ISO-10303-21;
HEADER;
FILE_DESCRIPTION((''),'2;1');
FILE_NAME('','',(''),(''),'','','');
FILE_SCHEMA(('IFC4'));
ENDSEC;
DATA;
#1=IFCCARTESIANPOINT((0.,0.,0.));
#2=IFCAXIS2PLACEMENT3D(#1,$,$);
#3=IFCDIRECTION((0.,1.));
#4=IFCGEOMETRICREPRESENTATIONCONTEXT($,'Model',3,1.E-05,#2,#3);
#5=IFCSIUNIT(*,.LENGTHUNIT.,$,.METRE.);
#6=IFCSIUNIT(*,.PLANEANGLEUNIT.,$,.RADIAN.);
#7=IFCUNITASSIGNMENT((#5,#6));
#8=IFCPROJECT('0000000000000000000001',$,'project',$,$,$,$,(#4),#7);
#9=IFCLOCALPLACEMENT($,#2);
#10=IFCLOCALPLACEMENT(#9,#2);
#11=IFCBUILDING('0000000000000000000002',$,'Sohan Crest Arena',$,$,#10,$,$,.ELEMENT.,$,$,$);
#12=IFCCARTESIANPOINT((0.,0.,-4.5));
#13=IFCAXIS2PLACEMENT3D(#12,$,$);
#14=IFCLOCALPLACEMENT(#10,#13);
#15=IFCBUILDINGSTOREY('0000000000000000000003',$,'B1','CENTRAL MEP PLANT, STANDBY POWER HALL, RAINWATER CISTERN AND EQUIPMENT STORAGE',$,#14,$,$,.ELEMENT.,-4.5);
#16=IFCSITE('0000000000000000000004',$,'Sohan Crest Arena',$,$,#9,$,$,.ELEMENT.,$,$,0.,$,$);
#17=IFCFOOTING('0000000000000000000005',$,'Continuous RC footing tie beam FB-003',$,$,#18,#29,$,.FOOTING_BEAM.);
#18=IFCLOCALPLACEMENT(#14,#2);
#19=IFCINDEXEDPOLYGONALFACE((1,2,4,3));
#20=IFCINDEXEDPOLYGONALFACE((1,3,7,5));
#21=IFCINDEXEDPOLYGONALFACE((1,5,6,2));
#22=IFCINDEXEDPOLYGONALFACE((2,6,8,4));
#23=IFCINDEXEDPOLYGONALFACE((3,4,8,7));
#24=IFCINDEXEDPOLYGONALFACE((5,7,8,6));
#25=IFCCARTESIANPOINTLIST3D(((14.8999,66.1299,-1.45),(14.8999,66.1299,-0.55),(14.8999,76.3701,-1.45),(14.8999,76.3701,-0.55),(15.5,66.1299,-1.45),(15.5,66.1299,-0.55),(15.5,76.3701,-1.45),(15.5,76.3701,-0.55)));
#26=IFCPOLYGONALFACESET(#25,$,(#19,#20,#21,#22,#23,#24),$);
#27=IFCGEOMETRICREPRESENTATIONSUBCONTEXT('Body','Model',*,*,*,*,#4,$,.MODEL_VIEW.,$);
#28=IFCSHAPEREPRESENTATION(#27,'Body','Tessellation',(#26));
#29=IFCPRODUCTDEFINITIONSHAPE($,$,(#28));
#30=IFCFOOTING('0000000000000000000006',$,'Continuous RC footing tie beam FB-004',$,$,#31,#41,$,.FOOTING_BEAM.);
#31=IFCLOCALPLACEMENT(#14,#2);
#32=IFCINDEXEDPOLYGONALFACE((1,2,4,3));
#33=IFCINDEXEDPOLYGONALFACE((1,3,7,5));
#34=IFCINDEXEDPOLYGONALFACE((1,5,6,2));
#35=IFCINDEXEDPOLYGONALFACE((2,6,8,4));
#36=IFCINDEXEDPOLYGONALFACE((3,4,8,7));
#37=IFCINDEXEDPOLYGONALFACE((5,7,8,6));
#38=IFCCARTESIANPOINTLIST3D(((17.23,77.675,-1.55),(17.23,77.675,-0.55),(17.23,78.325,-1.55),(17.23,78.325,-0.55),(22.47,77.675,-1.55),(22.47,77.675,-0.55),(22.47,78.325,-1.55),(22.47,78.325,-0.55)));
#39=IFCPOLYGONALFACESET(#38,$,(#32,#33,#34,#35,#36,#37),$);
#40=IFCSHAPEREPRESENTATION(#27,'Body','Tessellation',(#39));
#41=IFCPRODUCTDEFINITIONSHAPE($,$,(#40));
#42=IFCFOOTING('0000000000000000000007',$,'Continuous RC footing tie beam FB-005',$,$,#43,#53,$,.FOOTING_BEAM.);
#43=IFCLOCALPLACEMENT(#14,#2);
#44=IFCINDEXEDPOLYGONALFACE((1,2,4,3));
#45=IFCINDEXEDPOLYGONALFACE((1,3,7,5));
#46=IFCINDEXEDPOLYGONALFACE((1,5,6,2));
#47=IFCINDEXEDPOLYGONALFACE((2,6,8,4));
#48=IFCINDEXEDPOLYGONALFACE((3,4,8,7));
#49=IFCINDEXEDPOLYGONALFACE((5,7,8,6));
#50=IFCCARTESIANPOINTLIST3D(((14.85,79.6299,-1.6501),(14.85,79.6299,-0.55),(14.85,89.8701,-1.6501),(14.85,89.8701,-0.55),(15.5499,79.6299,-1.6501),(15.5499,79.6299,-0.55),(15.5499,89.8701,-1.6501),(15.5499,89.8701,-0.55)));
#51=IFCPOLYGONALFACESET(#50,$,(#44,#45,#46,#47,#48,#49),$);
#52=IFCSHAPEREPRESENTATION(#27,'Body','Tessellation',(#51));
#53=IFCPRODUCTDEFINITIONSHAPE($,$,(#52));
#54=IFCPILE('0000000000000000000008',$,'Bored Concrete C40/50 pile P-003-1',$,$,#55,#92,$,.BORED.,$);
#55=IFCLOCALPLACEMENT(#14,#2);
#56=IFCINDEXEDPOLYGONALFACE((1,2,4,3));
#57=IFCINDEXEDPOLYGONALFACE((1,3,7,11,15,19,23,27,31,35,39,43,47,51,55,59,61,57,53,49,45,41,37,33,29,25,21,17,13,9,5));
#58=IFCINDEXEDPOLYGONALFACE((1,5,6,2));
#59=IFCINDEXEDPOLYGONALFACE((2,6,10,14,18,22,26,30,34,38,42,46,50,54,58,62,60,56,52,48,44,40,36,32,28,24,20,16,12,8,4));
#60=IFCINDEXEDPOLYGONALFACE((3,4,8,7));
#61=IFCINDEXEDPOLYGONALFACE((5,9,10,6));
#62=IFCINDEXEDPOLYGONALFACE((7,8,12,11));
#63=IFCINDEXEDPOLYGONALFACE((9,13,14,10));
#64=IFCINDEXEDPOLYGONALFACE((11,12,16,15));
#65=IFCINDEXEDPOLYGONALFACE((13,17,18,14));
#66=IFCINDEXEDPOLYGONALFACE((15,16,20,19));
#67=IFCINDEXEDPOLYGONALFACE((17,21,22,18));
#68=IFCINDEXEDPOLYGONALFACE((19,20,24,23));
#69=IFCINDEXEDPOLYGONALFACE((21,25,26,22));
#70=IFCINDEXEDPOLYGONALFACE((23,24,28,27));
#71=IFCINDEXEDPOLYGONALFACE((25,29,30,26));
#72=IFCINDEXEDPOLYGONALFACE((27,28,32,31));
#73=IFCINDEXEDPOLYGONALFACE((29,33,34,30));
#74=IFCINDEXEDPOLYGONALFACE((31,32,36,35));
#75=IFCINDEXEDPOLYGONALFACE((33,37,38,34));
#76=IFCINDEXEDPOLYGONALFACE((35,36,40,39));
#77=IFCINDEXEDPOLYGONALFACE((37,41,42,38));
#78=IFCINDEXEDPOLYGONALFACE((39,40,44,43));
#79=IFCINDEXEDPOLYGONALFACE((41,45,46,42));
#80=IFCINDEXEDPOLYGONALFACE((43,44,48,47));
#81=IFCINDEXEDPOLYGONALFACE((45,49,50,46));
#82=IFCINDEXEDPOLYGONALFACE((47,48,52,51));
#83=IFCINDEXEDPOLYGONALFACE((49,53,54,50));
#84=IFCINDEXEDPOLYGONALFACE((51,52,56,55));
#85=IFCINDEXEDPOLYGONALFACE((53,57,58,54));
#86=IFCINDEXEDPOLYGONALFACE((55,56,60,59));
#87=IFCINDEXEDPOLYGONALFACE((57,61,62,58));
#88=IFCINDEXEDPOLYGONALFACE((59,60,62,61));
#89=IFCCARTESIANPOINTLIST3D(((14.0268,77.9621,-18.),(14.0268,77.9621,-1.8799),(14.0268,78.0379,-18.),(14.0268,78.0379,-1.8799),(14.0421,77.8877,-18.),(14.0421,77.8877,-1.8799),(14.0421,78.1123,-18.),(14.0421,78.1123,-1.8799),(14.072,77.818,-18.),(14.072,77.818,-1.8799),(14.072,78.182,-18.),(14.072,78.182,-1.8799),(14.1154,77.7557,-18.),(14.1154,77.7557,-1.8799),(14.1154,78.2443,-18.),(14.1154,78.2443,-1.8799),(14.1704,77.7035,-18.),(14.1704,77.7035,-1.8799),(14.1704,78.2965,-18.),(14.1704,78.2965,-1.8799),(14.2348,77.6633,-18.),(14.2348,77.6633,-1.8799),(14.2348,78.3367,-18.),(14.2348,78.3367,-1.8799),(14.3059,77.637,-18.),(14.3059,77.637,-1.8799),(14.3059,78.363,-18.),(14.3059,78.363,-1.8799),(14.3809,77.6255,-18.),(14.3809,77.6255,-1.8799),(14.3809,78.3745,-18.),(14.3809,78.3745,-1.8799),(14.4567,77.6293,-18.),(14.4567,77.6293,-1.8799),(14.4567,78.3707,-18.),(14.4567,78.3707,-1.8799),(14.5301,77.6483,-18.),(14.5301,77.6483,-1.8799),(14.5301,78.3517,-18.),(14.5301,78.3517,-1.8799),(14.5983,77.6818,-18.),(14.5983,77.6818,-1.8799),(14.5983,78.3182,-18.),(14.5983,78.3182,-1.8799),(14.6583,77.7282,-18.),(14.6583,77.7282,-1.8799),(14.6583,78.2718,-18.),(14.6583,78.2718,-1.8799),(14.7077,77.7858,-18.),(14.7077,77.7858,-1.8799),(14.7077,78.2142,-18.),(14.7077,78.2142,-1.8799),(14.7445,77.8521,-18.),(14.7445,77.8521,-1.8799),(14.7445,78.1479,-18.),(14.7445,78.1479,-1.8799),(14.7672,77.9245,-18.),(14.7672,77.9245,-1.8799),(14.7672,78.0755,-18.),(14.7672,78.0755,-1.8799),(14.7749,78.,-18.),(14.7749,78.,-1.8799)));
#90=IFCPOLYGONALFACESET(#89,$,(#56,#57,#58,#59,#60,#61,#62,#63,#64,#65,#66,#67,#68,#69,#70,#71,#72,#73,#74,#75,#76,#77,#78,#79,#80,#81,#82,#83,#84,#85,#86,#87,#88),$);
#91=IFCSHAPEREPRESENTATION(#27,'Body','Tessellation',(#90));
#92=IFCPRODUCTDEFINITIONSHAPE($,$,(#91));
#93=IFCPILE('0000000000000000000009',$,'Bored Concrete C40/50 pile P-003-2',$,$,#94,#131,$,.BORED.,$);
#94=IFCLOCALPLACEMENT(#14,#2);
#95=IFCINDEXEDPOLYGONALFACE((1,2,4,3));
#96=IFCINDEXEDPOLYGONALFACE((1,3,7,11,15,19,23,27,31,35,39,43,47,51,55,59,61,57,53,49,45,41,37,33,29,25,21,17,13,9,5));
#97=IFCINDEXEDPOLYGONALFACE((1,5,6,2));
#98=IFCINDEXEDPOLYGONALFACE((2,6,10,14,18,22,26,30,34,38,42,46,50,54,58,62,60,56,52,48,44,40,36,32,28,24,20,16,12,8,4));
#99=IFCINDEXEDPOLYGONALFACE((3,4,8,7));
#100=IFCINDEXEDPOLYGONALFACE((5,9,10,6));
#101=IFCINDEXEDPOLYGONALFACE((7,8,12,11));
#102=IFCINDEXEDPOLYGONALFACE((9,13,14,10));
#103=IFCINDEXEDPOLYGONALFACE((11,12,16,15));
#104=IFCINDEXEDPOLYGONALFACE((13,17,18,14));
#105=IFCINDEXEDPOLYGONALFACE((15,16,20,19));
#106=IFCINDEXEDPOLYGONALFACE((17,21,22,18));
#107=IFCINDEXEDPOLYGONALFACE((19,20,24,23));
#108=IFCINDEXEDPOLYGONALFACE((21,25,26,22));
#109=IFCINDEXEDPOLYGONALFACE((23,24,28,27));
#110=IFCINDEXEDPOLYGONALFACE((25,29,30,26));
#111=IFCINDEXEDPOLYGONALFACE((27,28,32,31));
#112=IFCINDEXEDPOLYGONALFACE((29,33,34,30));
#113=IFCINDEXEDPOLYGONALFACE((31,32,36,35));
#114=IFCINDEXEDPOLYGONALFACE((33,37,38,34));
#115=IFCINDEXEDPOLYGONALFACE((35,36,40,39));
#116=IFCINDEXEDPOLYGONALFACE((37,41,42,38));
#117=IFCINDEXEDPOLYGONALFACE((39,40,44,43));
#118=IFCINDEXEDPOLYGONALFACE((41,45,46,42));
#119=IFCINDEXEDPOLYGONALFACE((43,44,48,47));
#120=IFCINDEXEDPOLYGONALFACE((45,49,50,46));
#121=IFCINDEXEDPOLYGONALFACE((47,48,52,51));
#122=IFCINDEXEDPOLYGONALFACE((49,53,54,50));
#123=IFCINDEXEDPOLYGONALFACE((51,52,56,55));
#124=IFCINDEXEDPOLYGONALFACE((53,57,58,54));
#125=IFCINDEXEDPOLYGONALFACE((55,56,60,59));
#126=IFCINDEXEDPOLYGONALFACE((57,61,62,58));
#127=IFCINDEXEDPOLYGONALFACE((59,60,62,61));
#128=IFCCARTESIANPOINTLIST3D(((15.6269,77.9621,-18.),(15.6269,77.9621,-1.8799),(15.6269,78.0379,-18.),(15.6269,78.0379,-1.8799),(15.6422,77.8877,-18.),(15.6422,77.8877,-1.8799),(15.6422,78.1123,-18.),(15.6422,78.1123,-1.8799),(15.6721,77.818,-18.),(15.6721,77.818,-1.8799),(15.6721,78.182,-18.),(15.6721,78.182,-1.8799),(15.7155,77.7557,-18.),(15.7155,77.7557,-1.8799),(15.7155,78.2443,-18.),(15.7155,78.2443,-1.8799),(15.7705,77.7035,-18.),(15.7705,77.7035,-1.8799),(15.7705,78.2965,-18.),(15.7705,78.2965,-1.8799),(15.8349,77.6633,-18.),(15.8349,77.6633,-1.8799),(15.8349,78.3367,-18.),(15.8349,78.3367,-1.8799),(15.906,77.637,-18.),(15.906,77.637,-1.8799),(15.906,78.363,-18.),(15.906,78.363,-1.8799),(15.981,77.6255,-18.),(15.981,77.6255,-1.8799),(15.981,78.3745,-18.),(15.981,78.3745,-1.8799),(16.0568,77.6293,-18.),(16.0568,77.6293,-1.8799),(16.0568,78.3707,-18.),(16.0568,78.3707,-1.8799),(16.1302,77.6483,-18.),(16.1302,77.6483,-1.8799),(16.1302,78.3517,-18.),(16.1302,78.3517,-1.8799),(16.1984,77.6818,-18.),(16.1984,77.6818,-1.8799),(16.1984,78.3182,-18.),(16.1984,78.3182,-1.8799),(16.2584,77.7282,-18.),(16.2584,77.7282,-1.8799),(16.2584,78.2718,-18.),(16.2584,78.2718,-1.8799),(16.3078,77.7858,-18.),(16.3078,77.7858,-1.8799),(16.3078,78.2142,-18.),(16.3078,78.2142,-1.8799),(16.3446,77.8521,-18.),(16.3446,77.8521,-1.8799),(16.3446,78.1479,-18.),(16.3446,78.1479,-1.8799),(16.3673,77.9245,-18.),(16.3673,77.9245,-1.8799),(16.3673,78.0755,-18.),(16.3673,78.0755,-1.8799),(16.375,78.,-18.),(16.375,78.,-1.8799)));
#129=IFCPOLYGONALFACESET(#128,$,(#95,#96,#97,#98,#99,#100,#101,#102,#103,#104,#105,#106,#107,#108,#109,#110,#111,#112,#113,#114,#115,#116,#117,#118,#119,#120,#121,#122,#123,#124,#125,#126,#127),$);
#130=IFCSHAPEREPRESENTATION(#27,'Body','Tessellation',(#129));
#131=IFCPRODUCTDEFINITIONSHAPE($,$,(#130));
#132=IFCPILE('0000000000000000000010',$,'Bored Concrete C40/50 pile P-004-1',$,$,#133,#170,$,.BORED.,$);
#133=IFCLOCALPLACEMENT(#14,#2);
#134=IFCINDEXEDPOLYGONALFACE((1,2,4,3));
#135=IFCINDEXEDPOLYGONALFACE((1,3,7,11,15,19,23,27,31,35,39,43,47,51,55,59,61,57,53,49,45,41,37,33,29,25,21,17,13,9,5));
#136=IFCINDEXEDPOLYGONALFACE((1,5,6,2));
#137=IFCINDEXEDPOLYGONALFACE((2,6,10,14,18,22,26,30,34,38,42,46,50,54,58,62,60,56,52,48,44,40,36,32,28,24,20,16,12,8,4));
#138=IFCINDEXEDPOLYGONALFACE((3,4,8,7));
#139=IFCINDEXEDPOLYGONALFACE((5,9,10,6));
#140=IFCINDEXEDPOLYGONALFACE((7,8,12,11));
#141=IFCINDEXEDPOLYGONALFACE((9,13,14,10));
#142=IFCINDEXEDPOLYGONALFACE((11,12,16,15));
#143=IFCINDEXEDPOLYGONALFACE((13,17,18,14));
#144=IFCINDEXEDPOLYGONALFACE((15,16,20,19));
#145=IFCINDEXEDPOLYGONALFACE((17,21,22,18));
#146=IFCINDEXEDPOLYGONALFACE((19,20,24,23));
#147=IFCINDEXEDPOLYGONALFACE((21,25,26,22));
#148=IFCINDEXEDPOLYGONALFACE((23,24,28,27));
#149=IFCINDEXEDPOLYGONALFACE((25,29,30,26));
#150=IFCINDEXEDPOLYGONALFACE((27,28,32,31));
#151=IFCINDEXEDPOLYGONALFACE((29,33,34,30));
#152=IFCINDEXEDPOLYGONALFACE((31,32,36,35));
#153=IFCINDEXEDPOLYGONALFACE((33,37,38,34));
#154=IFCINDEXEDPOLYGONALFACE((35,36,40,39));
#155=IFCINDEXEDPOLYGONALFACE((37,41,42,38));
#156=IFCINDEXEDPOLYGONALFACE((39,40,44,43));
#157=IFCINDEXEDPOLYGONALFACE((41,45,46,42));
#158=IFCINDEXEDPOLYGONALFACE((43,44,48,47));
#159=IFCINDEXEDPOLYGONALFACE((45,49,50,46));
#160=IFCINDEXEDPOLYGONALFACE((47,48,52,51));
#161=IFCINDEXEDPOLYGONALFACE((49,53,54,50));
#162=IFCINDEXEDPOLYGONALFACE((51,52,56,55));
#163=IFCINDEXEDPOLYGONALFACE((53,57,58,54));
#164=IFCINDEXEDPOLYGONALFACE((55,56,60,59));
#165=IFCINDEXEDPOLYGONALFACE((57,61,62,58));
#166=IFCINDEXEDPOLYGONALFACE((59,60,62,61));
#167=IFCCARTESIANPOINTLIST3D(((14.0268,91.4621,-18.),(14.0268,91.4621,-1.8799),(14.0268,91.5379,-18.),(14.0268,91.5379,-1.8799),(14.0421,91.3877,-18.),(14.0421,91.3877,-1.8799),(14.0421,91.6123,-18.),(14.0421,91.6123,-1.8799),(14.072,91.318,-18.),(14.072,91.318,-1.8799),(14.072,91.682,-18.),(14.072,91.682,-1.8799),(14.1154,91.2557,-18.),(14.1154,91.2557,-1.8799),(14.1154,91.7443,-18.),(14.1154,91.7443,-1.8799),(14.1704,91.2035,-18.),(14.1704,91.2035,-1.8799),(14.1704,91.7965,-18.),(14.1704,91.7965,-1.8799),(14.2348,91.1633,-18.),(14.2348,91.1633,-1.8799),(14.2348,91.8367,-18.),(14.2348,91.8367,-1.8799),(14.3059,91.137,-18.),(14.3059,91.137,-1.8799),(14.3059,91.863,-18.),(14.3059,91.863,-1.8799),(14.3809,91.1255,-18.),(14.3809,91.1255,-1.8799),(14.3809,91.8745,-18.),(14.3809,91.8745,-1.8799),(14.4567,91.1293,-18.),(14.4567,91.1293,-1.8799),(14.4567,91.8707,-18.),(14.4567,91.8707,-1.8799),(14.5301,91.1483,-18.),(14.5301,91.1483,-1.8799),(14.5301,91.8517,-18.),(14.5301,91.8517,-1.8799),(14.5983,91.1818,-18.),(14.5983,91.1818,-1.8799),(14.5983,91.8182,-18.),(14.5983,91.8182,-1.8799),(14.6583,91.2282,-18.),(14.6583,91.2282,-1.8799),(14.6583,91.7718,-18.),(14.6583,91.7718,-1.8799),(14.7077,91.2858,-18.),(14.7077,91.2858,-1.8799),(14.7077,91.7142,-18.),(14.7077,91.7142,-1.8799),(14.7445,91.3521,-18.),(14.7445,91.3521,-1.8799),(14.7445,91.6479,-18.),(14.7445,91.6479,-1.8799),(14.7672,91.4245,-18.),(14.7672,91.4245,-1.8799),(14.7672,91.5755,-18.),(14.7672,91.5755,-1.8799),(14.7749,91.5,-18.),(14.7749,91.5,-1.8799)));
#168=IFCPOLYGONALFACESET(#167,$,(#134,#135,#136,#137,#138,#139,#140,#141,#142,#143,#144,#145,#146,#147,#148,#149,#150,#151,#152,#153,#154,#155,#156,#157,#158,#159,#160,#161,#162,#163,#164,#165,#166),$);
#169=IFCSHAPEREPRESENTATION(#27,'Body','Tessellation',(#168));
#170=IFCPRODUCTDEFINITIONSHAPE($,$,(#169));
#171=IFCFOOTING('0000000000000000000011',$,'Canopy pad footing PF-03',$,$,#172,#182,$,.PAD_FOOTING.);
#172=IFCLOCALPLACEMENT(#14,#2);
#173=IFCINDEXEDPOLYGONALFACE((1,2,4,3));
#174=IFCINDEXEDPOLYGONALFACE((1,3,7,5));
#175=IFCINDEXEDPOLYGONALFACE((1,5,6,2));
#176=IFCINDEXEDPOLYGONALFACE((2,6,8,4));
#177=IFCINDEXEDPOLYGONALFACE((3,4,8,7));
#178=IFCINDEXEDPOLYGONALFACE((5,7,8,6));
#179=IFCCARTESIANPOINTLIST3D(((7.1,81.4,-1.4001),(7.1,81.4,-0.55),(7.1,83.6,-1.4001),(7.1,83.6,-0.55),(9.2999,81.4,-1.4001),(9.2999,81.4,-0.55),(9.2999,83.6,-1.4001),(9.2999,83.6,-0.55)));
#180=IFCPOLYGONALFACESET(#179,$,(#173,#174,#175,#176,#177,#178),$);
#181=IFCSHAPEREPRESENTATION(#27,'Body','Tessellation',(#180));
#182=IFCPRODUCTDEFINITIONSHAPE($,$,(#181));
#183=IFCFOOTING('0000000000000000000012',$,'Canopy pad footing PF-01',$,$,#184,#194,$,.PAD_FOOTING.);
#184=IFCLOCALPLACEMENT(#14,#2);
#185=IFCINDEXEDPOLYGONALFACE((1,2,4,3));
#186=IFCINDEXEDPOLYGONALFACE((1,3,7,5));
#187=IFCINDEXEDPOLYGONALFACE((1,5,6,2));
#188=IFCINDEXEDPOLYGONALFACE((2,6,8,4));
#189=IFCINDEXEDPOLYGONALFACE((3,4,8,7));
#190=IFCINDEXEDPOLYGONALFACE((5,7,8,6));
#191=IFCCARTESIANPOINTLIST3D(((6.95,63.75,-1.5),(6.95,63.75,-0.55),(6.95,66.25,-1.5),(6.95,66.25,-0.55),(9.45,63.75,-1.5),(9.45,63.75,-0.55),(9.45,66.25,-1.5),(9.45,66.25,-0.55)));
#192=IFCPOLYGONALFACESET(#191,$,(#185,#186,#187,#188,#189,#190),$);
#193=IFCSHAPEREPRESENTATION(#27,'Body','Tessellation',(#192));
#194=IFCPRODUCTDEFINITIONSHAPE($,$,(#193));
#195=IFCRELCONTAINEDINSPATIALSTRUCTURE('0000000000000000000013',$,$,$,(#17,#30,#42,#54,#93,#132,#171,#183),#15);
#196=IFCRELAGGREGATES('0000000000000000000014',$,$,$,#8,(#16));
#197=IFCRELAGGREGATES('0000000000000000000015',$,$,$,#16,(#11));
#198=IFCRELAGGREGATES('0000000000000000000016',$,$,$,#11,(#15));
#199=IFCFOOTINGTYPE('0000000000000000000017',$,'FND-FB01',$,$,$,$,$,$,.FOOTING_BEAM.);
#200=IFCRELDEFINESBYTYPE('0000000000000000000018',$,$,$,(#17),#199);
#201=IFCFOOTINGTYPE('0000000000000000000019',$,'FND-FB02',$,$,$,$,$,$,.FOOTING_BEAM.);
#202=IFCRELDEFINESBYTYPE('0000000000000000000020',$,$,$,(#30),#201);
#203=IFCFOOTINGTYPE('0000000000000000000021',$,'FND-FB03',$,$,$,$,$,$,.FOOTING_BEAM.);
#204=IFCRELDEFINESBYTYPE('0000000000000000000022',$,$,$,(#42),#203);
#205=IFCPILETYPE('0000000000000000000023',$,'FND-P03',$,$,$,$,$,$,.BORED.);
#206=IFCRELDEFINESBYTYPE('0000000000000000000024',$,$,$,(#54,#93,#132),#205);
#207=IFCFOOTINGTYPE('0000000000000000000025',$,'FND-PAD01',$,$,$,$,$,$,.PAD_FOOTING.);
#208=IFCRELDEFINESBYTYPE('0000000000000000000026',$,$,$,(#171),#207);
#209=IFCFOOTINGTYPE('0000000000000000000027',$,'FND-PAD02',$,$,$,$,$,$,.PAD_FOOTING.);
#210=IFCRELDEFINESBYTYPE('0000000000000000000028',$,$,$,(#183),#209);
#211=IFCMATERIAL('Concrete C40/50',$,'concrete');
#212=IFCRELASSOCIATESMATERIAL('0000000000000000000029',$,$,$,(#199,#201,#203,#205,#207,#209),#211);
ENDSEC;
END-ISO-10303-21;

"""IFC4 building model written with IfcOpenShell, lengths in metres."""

from ifc_helpers import new_model, si_unit, direction, frame, origin, origin_2d, place, context, subcontext, project, spatial, rectangle, circle, extrude, material, material_profile, profile_set, type_object, element, save


model = new_model("IFC4")

# Units and contexts
model_context = context("Model", 3, precision=1e-05, world=origin(), true_north=direction((0.0, 1.0)))
body_context = subcontext(model_context, "Body", "Model", "MODEL_VIEW")
ifc_project = project(units=[si_unit("LENGTHUNIT", "METRE"), si_unit("PLANEANGLEUNIT", "RADIAN")], contexts=[model_context])

# Site, building, storey
site_placement = place(None, origin())
site = spatial("IfcSite", under=ifc_project, at=site_placement, Name="Sohan Crest Arena", CompositionType="ELEMENT", RefElevation=0.0)
building_placement = place(site_placement, origin())
building = spatial("IfcBuilding", under=site, at=building_placement, Name="Sohan Crest Arena", CompositionType="ELEMENT")
storey_placement = place(building_placement, frame((0.0, 0.0, -4.5)))
storey = spatial("IfcBuildingStorey", under=building, at=storey_placement, Name="B1", Description="CENTRAL MEP PLANT, STANDBY POWER HALL, RAINWATER CISTERN AND EQUIPMENT STORAGE", CompositionType="ELEMENT", Elevation=-4.5)

# Footings
ifc_material_1 = material(Name="Concrete C40/50", Category="concrete")
ifc_material_profile_1 = material_profile(ifc_material_1, rectangle(XDim=0.6001, YDim=0.8999, at=origin_2d()), Name="RC-FB 600x900")
ifc_profile_set_1 = profile_set([ifc_material_profile_1], Name="Concrete C40/50")
footing_type_1 = type_object("IfcFootingType", Name="FND-FB01", PredefinedType="FOOTING_BEAM", material=ifc_profile_set_1)
footing_1_placement = place(storey_placement, frame((15.2, 66.1299, -1.0), z_axis=(0.0, 1.0, 0.0), x_axis=(-1.0, 0.0, 0.0)))
element("IfcFooting", 1, at=footing_1_placement, inside=storey, type_object=footing_type_1, Name="Continuous RC footing tie beam FB-003", PredefinedType="FOOTING_BEAM", context=body_context, shape_type="SweptSolid", body=[
    extrude(rectangle(XDim=0.6001, YDim=0.8999, at=origin_2d()), origin(), (0.0, 0.0, 1.0), 10.2402),
])
ifc_material_profile_2 = material_profile(ifc_material_1, rectangle(XDim=0.6499, YDim=1.0, at=origin_2d()), Name="RC-FB 650x1000")
ifc_profile_set_2 = profile_set([ifc_material_profile_2], Name="Concrete C40/50")
footing_type_2 = type_object("IfcFootingType", Name="FND-FB02", PredefinedType="FOOTING_BEAM", material=ifc_profile_set_2)
footing_2_placement = place(storey_placement, frame((17.23, 78.0, -1.05), z_axis=(1.0, 0.0, 0.0), x_axis=(0.0, 1.0, 0.0)))
element("IfcFooting", 2, at=footing_2_placement, inside=storey, type_object=footing_type_2, Name="Continuous RC footing tie beam FB-004", PredefinedType="FOOTING_BEAM", context=body_context, shape_type="SweptSolid", body=[
    extrude(rectangle(XDim=0.6499, YDim=1.0, at=origin_2d()), origin(), (0.0, 0.0, 1.0), 5.24),
])
ifc_material_profile_3 = material_profile(ifc_material_1, rectangle(XDim=0.7, YDim=1.1001, at=origin_2d()), Name="RC-FB 700x1100")
ifc_profile_set_3 = profile_set([ifc_material_profile_3], Name="Concrete C40/50")
footing_type_3 = type_object("IfcFootingType", Name="FND-FB03", PredefinedType="FOOTING_BEAM", material=ifc_profile_set_3)
footing_3_placement = place(storey_placement, frame((15.2, 79.6299, -1.1001), z_axis=(0.0, 1.0, 0.0), x_axis=(-1.0, 0.0, 0.0)))
element("IfcFooting", 3, at=footing_3_placement, inside=storey, type_object=footing_type_3, Name="Continuous RC footing tie beam FB-005", PredefinedType="FOOTING_BEAM", context=body_context, shape_type="SweptSolid", body=[
    extrude(rectangle(XDim=0.7, YDim=1.1001, at=origin_2d()), origin(), (0.0, 0.0, 1.0), 10.2402),
])

# Piles
ifc_material_profile_4 = material_profile(ifc_material_1, circle(Radius=0.375, at=origin_2d()), Name="PILE D750")
ifc_profile_set_4 = profile_set([ifc_material_profile_4], Name="Concrete C40/50")
pile_type = type_object("IfcPileType", Name="FND-P03", PredefinedType="BORED", material=ifc_profile_set_4)
for number, where, z_axis, x_axis, name in (
    (4, (14.3999, 78.0, -18.0), (0.0, 0.0, 1.0), (1.0, 0.0, 0.0), "Bored Concrete C40/50 pile P-003-1"),
    (5, (16.0, 78.0, -18.0), (0.0, 0.0, 1.0), (1.0, 0.0, 0.0), "Bored Concrete C40/50 pile P-003-2"),
    (6, (14.3999, 91.5, -18.0), (0.0, 0.0, 1.0), (1.0, 0.0, 0.0), "Bored Concrete C40/50 pile P-004-1"),
):
    element("IfcPile", number, at=place(storey_placement, frame(where, z_axis=z_axis, x_axis=x_axis)), inside=storey, type_object=pile_type, Name=name, PredefinedType="BORED", context=body_context, shape_type="SweptSolid", body=[
        extrude(circle(Radius=0.375, at=origin_2d()), origin(), (0.0, 0.0, 1.0), 16.1201),
    ])

# Footings
footing_type_4 = type_object("IfcFootingType", Name="FND-PAD01", PredefinedType="PAD_FOOTING", material=ifc_material_1)
footing_4_placement = place(storey_placement, frame((8.2, 82.5, -1.4001), z_axis=(0.0, 0.0, 1.0), x_axis=(1.0, 0.0, 0.0)))
element("IfcFooting", 7, at=footing_4_placement, inside=storey, type_object=footing_type_4, Name="Canopy pad footing PF-03", PredefinedType="PAD_FOOTING", context=body_context, shape_type="SweptSolid", body=[
    extrude(rectangle(XDim=2.2, YDim=2.2, at=origin_2d()), origin(), (0.0, 0.0, 1.0), 0.8501),
])
footing_type_5 = type_object("IfcFootingType", Name="FND-PAD02", PredefinedType="PAD_FOOTING", material=ifc_material_1)
for number, where, z_axis, x_axis, name in (
    (8, (8.2, 65.0, -1.5), (0.0, 0.0, 1.0), (1.0, 0.0, 0.0), "Canopy pad footing PF-01"),
):
    element("IfcFooting", number, at=place(storey_placement, frame(where, z_axis=z_axis, x_axis=x_axis)), inside=storey, type_object=footing_type_5, Name=name, PredefinedType="PAD_FOOTING", context=body_context, shape_type="SweptSolid", body=[
        extrude(rectangle(XDim=2.5, YDim=2.5, at=origin_2d()), origin(), (0.0, 0.0, 1.0), 0.95),
    ])

save(model, "model.ifc")
